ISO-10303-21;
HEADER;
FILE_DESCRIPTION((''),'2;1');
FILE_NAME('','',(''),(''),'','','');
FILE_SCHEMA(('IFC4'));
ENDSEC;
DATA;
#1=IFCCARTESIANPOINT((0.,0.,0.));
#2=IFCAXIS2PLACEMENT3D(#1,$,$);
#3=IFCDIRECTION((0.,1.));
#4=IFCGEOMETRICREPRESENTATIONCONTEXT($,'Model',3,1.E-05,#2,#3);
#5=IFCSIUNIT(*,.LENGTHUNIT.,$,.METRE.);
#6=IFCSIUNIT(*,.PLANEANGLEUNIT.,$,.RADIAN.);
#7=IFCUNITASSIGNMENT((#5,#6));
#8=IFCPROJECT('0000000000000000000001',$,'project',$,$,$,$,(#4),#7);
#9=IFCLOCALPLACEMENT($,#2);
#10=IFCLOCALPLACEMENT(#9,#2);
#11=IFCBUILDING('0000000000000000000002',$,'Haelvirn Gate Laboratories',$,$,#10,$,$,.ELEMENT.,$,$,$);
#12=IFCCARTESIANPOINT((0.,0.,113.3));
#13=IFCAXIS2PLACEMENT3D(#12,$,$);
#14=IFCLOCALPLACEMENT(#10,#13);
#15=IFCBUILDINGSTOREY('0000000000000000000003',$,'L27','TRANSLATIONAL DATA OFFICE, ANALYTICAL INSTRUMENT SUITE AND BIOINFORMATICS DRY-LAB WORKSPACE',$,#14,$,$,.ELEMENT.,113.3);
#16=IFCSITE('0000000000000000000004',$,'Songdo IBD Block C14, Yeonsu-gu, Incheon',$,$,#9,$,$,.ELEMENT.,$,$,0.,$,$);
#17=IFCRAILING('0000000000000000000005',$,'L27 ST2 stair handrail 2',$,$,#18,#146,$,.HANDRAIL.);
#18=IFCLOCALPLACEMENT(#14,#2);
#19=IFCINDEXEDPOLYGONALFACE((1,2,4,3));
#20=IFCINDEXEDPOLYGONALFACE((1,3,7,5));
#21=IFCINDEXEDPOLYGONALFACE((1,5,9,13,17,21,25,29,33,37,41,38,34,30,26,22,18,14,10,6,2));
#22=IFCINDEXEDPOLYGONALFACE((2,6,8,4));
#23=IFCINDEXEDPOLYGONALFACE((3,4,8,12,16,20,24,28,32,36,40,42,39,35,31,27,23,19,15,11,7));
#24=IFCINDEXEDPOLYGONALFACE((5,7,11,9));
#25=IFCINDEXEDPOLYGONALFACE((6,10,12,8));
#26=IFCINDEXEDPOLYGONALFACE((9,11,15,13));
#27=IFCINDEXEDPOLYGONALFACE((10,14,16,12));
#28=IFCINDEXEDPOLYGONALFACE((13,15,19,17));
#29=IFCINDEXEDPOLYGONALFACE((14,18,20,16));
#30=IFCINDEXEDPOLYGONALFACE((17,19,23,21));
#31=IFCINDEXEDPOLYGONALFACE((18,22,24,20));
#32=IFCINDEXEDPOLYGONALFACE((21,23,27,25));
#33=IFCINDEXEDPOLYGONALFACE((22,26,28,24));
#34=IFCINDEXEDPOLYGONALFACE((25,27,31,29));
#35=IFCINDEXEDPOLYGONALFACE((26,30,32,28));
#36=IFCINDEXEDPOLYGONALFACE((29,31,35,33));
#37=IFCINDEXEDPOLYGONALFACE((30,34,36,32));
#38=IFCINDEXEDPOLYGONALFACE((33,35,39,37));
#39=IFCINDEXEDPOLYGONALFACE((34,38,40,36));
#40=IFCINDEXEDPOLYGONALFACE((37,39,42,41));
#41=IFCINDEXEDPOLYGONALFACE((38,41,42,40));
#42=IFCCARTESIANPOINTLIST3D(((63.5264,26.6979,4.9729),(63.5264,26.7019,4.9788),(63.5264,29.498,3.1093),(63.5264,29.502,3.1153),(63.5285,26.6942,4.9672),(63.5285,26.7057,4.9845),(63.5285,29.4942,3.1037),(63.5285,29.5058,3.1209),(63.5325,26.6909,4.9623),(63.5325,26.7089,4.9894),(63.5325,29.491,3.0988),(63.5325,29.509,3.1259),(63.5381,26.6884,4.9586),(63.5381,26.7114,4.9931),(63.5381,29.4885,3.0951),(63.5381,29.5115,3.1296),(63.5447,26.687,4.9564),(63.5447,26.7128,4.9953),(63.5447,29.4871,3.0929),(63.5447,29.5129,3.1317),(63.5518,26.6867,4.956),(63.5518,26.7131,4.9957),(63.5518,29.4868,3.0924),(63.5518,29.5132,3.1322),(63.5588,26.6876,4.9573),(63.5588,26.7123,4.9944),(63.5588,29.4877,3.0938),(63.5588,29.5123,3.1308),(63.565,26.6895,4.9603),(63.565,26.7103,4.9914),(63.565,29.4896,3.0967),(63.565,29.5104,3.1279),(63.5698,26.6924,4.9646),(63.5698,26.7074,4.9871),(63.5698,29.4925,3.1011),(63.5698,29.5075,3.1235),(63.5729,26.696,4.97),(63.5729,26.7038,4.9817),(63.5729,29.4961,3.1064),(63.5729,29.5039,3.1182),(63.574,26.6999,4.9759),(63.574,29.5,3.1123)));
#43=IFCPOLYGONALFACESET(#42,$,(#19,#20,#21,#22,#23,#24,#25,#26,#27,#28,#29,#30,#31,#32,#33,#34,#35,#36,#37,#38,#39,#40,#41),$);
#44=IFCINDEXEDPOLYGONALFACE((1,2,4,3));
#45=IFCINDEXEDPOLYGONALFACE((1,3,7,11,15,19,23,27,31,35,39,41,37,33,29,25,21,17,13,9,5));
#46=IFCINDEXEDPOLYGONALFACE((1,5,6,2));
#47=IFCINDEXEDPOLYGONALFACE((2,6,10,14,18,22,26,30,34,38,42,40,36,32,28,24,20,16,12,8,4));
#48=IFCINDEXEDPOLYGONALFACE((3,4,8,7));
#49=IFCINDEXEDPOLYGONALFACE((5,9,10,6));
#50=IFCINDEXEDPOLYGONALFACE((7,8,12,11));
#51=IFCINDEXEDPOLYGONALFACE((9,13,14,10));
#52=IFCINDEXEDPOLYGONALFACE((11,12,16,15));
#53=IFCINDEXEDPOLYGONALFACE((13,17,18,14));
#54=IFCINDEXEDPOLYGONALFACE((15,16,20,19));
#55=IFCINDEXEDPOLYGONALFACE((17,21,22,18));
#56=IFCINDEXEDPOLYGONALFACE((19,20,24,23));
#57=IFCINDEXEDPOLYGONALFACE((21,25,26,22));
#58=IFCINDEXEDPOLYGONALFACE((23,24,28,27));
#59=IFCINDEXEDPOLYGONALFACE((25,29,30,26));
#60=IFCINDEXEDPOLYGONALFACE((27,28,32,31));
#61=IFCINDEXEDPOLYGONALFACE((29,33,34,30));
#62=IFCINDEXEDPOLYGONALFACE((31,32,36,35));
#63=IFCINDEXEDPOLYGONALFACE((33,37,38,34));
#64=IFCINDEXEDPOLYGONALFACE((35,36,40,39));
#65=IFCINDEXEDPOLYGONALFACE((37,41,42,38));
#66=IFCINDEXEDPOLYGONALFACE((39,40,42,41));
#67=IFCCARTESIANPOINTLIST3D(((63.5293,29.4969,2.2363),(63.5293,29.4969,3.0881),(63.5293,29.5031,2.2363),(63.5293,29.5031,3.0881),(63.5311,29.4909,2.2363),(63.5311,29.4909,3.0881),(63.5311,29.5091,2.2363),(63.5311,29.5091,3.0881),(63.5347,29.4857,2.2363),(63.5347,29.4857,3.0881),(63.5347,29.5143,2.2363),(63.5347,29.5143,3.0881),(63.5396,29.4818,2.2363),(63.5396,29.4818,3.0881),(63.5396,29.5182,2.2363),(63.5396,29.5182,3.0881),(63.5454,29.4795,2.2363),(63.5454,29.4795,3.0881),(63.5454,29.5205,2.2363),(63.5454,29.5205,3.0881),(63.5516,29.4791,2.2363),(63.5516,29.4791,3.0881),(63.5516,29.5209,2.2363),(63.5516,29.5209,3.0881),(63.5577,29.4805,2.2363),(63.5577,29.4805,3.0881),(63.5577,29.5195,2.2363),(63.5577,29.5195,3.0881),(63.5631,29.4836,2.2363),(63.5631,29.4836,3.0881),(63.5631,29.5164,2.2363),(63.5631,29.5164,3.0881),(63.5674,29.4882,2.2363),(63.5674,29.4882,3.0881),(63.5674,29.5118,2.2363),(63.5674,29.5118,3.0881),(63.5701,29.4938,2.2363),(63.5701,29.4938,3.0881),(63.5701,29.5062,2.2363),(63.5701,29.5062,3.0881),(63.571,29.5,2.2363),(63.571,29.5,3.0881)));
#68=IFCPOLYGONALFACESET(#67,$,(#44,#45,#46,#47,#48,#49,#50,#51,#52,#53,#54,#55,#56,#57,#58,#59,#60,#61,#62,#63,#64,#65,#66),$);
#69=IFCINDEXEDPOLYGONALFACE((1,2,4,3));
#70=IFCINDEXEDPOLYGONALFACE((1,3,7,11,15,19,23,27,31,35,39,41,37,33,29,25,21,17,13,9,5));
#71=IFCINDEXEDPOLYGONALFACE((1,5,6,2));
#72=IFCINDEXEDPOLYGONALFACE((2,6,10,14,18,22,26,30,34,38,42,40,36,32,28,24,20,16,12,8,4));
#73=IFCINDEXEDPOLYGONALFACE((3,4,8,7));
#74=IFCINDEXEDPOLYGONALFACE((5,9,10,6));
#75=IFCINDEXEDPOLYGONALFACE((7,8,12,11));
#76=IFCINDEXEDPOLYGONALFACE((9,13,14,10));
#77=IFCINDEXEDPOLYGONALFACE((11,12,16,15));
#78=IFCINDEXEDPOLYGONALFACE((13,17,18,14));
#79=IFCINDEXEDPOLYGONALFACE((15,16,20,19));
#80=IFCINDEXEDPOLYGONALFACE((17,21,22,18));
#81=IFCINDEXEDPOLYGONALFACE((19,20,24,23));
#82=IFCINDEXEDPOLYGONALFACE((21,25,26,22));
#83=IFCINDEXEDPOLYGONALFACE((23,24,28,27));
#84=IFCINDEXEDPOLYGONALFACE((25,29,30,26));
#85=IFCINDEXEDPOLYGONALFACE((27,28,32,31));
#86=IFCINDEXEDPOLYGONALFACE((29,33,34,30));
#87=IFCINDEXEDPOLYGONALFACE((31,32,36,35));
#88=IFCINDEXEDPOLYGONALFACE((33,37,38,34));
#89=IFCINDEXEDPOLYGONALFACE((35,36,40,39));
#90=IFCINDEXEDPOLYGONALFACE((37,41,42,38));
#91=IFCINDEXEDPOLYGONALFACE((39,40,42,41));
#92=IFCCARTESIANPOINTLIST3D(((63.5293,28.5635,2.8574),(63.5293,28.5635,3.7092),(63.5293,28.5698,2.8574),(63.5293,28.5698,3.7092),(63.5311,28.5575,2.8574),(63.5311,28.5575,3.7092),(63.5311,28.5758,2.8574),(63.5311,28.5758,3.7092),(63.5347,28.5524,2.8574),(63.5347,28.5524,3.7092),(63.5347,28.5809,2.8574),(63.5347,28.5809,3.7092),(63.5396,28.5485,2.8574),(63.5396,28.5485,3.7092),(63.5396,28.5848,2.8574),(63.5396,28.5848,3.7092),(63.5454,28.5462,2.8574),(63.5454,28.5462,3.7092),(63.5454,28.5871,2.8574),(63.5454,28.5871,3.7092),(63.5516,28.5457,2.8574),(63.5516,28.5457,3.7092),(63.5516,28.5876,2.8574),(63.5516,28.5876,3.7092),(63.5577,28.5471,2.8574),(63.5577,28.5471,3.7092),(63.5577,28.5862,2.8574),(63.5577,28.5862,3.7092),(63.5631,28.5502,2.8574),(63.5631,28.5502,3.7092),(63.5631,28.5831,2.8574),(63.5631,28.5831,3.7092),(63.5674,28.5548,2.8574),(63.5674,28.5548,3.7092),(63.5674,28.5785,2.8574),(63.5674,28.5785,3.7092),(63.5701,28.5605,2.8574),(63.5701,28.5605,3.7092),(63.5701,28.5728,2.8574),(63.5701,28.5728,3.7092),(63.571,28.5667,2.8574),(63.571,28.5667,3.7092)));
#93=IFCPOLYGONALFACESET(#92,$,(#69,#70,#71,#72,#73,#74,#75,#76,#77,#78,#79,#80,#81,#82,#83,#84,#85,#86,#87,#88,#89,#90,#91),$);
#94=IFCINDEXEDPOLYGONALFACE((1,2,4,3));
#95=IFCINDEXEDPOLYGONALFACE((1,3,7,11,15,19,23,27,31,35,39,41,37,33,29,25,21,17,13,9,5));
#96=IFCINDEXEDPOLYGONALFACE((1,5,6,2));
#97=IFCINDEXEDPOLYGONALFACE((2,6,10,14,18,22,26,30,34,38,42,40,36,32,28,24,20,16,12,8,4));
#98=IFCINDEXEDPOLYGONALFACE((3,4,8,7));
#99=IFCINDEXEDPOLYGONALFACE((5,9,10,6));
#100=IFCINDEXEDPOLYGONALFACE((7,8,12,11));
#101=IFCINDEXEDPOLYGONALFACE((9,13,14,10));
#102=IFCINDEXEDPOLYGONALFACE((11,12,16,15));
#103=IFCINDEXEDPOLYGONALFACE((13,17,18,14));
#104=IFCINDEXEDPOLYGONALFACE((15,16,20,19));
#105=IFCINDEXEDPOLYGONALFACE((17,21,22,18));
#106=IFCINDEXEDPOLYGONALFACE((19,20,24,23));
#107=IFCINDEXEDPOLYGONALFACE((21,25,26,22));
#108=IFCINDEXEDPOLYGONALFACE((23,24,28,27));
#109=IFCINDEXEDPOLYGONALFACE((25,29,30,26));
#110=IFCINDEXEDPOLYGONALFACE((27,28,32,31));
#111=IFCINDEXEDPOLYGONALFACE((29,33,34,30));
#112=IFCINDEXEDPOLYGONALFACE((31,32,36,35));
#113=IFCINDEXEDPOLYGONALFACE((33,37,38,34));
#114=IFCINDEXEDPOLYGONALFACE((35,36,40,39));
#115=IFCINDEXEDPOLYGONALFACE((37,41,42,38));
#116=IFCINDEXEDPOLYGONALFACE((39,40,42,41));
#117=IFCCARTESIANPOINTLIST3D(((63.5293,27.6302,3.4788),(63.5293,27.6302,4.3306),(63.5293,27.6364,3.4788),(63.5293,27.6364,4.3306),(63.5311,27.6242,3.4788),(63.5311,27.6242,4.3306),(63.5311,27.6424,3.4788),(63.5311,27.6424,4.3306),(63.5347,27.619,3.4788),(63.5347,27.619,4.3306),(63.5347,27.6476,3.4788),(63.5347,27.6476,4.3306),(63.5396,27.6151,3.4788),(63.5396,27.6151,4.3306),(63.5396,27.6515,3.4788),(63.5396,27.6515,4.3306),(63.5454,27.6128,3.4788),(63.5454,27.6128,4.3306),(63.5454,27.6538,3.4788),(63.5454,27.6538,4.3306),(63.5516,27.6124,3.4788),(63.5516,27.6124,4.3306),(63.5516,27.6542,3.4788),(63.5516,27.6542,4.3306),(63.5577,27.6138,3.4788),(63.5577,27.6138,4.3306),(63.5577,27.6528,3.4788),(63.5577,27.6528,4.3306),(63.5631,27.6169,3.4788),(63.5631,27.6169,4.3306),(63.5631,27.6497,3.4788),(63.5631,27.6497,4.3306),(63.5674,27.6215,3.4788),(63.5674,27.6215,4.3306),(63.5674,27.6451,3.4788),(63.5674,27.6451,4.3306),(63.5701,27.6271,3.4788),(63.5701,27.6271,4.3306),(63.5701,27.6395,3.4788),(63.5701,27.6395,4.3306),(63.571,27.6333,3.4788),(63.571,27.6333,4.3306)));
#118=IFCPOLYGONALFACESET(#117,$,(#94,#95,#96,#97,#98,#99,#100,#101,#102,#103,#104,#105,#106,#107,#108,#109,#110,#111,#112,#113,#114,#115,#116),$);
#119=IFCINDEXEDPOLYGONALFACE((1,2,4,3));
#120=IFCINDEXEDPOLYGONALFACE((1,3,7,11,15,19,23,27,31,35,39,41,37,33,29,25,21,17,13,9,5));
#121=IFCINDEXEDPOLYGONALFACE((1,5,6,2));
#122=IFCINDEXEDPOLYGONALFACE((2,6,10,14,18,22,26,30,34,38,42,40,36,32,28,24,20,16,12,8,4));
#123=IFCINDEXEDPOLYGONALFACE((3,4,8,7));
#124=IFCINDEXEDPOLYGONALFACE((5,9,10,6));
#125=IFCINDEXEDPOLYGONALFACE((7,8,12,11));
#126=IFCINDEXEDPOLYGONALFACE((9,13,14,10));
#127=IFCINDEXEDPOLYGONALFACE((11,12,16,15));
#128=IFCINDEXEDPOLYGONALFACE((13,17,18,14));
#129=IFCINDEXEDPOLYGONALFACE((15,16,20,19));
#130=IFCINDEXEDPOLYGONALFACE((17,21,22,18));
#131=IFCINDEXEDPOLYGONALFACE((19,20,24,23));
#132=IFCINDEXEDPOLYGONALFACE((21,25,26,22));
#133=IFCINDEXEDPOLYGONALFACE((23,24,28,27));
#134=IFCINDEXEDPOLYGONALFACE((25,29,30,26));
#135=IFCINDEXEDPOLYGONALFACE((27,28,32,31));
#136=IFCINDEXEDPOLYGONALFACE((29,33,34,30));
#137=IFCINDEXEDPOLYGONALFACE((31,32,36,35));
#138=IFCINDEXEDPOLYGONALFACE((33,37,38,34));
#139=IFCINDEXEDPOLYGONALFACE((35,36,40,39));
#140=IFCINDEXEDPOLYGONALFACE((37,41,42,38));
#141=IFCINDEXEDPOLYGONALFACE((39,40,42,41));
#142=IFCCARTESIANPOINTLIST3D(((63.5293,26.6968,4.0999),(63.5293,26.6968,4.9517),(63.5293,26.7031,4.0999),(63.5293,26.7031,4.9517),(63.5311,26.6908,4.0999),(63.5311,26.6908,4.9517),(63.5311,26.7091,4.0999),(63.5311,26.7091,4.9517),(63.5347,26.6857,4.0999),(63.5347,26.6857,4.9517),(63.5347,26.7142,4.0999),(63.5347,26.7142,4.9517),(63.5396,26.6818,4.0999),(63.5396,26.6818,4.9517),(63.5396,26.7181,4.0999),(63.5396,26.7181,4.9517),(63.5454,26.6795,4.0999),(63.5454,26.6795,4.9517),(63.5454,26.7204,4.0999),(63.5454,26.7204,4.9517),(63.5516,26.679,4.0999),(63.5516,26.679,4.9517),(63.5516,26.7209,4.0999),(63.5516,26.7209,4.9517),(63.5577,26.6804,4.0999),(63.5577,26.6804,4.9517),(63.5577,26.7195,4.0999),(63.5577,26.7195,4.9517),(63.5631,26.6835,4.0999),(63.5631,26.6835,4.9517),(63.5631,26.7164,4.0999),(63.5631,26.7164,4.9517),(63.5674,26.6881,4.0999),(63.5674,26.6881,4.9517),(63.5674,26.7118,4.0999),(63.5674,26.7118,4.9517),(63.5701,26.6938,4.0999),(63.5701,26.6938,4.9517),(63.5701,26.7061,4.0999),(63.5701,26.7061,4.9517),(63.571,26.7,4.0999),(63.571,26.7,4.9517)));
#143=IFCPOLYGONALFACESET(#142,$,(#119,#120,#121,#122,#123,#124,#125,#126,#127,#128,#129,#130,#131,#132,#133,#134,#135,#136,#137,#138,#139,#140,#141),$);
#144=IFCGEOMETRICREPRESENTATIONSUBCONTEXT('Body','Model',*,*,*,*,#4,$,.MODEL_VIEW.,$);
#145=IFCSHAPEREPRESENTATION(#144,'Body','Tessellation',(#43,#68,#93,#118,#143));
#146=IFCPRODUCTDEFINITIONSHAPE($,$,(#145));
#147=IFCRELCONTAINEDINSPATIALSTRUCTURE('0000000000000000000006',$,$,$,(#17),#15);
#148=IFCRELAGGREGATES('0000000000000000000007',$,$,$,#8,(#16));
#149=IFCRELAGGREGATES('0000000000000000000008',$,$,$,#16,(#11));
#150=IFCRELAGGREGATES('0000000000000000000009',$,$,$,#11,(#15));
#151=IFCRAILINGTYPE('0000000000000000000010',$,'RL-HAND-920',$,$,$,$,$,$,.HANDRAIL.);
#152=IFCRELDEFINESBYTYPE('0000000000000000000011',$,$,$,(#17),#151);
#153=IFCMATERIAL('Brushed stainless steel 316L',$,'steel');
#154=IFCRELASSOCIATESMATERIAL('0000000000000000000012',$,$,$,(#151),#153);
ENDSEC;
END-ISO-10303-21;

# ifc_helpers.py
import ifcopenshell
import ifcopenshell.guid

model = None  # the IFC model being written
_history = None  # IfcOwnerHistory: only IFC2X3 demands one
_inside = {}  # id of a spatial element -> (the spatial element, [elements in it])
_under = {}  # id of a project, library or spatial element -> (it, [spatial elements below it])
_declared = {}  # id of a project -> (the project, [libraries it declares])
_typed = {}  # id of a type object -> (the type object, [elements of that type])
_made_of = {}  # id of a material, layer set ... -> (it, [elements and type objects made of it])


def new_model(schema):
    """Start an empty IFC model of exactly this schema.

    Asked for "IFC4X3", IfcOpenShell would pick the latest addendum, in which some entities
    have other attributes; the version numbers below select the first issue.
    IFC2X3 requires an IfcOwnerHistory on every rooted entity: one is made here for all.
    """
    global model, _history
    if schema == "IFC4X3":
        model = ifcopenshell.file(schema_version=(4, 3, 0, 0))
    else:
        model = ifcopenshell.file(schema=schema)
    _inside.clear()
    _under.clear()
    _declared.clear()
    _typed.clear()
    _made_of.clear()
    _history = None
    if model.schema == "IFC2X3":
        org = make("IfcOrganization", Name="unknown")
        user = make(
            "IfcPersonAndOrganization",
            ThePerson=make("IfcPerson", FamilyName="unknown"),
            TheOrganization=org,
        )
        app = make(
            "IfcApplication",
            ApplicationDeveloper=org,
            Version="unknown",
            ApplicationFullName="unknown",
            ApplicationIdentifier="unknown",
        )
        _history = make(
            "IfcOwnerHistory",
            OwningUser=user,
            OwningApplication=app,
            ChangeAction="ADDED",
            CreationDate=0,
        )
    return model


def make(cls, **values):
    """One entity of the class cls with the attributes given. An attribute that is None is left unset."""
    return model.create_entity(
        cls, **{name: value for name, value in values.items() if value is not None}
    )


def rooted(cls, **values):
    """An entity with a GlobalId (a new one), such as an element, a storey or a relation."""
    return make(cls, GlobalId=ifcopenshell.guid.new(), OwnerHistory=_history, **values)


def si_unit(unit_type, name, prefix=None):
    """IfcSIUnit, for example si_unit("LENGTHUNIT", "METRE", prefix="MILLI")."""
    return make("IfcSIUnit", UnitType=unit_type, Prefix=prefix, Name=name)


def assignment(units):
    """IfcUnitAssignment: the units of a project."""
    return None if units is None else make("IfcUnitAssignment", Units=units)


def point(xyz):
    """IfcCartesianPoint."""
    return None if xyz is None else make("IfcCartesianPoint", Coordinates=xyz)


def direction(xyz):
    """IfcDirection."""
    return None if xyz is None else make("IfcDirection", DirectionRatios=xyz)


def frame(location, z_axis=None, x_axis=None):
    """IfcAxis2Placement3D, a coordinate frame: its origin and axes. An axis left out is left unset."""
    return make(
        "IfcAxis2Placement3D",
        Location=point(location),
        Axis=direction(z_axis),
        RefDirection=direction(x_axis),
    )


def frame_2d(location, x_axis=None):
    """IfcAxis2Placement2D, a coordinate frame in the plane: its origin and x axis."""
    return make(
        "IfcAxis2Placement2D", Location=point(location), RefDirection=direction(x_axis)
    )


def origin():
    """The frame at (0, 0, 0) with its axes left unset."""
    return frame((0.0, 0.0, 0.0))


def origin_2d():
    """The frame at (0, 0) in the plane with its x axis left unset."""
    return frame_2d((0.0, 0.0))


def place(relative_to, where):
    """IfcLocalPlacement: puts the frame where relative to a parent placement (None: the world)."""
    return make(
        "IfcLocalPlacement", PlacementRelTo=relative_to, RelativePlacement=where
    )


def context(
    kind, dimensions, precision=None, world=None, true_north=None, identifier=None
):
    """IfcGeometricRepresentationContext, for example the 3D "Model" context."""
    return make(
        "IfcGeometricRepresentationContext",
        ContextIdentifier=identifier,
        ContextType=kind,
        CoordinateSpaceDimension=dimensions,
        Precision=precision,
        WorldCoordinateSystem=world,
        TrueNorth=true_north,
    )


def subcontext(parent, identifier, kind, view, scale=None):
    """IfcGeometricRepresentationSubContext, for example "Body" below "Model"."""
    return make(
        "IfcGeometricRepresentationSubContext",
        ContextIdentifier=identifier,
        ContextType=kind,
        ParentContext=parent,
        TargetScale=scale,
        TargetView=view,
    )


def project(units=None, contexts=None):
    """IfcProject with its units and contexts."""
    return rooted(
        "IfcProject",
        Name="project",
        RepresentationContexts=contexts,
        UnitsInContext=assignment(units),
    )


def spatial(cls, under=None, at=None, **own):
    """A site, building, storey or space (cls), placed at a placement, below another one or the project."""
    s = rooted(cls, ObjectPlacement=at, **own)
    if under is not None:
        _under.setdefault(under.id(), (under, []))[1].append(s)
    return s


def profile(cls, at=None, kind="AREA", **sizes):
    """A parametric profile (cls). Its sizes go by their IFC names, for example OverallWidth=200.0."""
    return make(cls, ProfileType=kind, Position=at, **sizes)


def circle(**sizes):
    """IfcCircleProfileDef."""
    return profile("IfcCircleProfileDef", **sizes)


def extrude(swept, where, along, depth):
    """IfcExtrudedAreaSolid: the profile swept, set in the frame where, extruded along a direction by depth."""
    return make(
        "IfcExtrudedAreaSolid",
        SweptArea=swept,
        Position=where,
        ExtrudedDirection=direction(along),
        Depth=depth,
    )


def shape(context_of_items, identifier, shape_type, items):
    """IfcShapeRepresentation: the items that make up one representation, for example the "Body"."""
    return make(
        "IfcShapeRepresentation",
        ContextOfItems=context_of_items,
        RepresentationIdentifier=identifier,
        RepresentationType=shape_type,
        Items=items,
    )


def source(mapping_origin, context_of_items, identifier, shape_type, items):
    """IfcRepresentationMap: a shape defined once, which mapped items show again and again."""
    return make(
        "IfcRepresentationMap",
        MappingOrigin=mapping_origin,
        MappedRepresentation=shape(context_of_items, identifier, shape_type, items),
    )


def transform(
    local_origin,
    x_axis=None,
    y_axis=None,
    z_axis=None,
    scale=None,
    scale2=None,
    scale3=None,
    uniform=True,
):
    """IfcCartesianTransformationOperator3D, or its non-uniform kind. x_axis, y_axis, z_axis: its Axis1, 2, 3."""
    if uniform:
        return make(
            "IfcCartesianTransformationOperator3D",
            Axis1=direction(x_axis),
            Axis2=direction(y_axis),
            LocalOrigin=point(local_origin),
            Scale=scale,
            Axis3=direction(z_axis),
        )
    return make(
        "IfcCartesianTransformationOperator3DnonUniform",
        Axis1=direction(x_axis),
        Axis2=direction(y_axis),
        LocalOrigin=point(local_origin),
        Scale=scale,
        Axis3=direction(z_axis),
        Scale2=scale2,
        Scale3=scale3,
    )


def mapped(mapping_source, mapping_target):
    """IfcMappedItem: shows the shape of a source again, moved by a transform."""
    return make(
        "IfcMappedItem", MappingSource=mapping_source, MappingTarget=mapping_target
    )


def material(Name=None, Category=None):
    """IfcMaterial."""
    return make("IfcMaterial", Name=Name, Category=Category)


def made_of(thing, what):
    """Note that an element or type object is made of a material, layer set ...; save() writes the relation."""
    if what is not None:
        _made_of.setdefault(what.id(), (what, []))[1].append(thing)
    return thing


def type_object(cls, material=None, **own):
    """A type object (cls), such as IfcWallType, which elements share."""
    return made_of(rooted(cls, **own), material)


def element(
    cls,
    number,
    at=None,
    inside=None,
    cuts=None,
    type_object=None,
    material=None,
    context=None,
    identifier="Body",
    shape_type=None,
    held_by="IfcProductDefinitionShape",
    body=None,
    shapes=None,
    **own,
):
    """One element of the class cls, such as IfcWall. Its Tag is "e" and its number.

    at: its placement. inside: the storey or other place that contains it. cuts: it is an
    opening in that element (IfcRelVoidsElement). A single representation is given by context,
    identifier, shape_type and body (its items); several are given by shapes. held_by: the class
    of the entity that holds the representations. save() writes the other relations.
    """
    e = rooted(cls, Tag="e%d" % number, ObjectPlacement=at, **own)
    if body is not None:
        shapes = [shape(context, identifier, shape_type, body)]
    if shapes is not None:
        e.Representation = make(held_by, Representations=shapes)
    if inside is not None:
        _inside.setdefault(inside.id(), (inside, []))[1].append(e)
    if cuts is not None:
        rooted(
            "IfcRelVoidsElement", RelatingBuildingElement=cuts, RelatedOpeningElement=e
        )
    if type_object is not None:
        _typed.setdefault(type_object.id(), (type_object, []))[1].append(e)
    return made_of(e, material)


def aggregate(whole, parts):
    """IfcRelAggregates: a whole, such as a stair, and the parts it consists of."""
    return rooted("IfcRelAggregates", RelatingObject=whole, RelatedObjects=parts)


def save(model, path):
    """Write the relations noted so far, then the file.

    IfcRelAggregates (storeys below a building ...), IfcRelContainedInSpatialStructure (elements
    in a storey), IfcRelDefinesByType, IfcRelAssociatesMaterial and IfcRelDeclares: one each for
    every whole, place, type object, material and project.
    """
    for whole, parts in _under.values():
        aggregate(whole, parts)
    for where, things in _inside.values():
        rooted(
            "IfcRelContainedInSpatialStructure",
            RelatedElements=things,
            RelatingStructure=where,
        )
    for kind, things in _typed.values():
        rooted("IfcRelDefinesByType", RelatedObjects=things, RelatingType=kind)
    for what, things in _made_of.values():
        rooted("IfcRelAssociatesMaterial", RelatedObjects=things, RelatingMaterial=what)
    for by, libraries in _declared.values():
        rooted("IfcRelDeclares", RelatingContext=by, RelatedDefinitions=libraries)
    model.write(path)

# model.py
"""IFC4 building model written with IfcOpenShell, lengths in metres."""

from ifc_helpers import new_model, si_unit, direction, frame, origin, origin_2d, place, context, subcontext, project, spatial, circle, extrude, source, transform, mapped, material, type_object, element, save


model = new_model("IFC4")

# Units and contexts
model_context = context("Model", 3, precision=1e-05, world=origin(), true_north=direction((0.0, 1.0)))
body_context = subcontext(model_context, "Body", "Model", "MODEL_VIEW")
ifc_project = project(units=[si_unit("LENGTHUNIT", "METRE"), si_unit("PLANEANGLEUNIT", "RADIAN")], contexts=[model_context])

# Site, building, storey
site_placement = place(None, origin())
site = spatial("IfcSite", under=ifc_project, at=site_placement, Name="Songdo IBD Block C14, Yeonsu-gu, Incheon", CompositionType="ELEMENT", RefElevation=0.0)
building_placement = place(site_placement, origin())
building = spatial("IfcBuilding", under=site, at=building_placement, Name="Haelvirn Gate Laboratories", CompositionType="ELEMENT")
storey_placement = place(building_placement, frame((0.0, 0.0, 113.3)))
storey = spatial("IfcBuildingStorey", under=building, at=storey_placement, Name="L27", Description="TRANSLATIONAL DATA OFFICE, ANALYTICAL INSTRUMENT SUITE AND BIOINFORMATICS DRY-LAB WORKSPACE", CompositionType="ELEMENT", Elevation=113.3)

# Railing
ifc_material_1 = material(Name="Brushed stainless steel 316L", Category="steel")
railing_type_1 = type_object("IfcRailingType", Name="RL-HAND-920", PredefinedType="HANDRAIL", material=ifc_material_1)
shared_shape_1 = source(origin(), body_context, "Body", "SweptSolid", [
    extrude(circle(Radius=0.0239, at=origin_2d()), frame((0.0, 0.0, 0.876), z_axis=(0.0, -0.832486, 0.554047), x_axis=(1.0, 0.0, 0.0)), (0.0, 0.0, 1.0), 3.3635),
    extrude(circle(Radius=0.021, at=origin_2d()), origin(), (0.0, 0.0, 1.0), 0.8518),
    extrude(circle(Radius=0.021, at=origin_2d()), frame((0.0, -0.9333, 0.6211)), (0.0, 0.0, 1.0), 0.8518),
    extrude(circle(Radius=0.021, at=origin_2d()), frame((0.0, -1.8667, 1.2424)), (0.0, 0.0, 1.0), 0.8518),
    extrude(circle(Radius=0.021, at=origin_2d()), frame((0.0, -2.8, 1.8635)), (0.0, 0.0, 1.0), 0.8518),
])
railing_1_placement = place(storey_placement, frame((63.55, 29.5, 2.2363)))
element("IfcRailing", 1, at=railing_1_placement, inside=storey, type_object=railing_type_1, Name="L27 ST2 stair handrail 2", PredefinedType="HANDRAIL", context=body_context, shape_type="MappedRepresentation", body=[
    mapped(shared_shape_1, transform((0.0, 0.0, 0.0), scale=1.0)),
])

save(model, "model.ifc")
